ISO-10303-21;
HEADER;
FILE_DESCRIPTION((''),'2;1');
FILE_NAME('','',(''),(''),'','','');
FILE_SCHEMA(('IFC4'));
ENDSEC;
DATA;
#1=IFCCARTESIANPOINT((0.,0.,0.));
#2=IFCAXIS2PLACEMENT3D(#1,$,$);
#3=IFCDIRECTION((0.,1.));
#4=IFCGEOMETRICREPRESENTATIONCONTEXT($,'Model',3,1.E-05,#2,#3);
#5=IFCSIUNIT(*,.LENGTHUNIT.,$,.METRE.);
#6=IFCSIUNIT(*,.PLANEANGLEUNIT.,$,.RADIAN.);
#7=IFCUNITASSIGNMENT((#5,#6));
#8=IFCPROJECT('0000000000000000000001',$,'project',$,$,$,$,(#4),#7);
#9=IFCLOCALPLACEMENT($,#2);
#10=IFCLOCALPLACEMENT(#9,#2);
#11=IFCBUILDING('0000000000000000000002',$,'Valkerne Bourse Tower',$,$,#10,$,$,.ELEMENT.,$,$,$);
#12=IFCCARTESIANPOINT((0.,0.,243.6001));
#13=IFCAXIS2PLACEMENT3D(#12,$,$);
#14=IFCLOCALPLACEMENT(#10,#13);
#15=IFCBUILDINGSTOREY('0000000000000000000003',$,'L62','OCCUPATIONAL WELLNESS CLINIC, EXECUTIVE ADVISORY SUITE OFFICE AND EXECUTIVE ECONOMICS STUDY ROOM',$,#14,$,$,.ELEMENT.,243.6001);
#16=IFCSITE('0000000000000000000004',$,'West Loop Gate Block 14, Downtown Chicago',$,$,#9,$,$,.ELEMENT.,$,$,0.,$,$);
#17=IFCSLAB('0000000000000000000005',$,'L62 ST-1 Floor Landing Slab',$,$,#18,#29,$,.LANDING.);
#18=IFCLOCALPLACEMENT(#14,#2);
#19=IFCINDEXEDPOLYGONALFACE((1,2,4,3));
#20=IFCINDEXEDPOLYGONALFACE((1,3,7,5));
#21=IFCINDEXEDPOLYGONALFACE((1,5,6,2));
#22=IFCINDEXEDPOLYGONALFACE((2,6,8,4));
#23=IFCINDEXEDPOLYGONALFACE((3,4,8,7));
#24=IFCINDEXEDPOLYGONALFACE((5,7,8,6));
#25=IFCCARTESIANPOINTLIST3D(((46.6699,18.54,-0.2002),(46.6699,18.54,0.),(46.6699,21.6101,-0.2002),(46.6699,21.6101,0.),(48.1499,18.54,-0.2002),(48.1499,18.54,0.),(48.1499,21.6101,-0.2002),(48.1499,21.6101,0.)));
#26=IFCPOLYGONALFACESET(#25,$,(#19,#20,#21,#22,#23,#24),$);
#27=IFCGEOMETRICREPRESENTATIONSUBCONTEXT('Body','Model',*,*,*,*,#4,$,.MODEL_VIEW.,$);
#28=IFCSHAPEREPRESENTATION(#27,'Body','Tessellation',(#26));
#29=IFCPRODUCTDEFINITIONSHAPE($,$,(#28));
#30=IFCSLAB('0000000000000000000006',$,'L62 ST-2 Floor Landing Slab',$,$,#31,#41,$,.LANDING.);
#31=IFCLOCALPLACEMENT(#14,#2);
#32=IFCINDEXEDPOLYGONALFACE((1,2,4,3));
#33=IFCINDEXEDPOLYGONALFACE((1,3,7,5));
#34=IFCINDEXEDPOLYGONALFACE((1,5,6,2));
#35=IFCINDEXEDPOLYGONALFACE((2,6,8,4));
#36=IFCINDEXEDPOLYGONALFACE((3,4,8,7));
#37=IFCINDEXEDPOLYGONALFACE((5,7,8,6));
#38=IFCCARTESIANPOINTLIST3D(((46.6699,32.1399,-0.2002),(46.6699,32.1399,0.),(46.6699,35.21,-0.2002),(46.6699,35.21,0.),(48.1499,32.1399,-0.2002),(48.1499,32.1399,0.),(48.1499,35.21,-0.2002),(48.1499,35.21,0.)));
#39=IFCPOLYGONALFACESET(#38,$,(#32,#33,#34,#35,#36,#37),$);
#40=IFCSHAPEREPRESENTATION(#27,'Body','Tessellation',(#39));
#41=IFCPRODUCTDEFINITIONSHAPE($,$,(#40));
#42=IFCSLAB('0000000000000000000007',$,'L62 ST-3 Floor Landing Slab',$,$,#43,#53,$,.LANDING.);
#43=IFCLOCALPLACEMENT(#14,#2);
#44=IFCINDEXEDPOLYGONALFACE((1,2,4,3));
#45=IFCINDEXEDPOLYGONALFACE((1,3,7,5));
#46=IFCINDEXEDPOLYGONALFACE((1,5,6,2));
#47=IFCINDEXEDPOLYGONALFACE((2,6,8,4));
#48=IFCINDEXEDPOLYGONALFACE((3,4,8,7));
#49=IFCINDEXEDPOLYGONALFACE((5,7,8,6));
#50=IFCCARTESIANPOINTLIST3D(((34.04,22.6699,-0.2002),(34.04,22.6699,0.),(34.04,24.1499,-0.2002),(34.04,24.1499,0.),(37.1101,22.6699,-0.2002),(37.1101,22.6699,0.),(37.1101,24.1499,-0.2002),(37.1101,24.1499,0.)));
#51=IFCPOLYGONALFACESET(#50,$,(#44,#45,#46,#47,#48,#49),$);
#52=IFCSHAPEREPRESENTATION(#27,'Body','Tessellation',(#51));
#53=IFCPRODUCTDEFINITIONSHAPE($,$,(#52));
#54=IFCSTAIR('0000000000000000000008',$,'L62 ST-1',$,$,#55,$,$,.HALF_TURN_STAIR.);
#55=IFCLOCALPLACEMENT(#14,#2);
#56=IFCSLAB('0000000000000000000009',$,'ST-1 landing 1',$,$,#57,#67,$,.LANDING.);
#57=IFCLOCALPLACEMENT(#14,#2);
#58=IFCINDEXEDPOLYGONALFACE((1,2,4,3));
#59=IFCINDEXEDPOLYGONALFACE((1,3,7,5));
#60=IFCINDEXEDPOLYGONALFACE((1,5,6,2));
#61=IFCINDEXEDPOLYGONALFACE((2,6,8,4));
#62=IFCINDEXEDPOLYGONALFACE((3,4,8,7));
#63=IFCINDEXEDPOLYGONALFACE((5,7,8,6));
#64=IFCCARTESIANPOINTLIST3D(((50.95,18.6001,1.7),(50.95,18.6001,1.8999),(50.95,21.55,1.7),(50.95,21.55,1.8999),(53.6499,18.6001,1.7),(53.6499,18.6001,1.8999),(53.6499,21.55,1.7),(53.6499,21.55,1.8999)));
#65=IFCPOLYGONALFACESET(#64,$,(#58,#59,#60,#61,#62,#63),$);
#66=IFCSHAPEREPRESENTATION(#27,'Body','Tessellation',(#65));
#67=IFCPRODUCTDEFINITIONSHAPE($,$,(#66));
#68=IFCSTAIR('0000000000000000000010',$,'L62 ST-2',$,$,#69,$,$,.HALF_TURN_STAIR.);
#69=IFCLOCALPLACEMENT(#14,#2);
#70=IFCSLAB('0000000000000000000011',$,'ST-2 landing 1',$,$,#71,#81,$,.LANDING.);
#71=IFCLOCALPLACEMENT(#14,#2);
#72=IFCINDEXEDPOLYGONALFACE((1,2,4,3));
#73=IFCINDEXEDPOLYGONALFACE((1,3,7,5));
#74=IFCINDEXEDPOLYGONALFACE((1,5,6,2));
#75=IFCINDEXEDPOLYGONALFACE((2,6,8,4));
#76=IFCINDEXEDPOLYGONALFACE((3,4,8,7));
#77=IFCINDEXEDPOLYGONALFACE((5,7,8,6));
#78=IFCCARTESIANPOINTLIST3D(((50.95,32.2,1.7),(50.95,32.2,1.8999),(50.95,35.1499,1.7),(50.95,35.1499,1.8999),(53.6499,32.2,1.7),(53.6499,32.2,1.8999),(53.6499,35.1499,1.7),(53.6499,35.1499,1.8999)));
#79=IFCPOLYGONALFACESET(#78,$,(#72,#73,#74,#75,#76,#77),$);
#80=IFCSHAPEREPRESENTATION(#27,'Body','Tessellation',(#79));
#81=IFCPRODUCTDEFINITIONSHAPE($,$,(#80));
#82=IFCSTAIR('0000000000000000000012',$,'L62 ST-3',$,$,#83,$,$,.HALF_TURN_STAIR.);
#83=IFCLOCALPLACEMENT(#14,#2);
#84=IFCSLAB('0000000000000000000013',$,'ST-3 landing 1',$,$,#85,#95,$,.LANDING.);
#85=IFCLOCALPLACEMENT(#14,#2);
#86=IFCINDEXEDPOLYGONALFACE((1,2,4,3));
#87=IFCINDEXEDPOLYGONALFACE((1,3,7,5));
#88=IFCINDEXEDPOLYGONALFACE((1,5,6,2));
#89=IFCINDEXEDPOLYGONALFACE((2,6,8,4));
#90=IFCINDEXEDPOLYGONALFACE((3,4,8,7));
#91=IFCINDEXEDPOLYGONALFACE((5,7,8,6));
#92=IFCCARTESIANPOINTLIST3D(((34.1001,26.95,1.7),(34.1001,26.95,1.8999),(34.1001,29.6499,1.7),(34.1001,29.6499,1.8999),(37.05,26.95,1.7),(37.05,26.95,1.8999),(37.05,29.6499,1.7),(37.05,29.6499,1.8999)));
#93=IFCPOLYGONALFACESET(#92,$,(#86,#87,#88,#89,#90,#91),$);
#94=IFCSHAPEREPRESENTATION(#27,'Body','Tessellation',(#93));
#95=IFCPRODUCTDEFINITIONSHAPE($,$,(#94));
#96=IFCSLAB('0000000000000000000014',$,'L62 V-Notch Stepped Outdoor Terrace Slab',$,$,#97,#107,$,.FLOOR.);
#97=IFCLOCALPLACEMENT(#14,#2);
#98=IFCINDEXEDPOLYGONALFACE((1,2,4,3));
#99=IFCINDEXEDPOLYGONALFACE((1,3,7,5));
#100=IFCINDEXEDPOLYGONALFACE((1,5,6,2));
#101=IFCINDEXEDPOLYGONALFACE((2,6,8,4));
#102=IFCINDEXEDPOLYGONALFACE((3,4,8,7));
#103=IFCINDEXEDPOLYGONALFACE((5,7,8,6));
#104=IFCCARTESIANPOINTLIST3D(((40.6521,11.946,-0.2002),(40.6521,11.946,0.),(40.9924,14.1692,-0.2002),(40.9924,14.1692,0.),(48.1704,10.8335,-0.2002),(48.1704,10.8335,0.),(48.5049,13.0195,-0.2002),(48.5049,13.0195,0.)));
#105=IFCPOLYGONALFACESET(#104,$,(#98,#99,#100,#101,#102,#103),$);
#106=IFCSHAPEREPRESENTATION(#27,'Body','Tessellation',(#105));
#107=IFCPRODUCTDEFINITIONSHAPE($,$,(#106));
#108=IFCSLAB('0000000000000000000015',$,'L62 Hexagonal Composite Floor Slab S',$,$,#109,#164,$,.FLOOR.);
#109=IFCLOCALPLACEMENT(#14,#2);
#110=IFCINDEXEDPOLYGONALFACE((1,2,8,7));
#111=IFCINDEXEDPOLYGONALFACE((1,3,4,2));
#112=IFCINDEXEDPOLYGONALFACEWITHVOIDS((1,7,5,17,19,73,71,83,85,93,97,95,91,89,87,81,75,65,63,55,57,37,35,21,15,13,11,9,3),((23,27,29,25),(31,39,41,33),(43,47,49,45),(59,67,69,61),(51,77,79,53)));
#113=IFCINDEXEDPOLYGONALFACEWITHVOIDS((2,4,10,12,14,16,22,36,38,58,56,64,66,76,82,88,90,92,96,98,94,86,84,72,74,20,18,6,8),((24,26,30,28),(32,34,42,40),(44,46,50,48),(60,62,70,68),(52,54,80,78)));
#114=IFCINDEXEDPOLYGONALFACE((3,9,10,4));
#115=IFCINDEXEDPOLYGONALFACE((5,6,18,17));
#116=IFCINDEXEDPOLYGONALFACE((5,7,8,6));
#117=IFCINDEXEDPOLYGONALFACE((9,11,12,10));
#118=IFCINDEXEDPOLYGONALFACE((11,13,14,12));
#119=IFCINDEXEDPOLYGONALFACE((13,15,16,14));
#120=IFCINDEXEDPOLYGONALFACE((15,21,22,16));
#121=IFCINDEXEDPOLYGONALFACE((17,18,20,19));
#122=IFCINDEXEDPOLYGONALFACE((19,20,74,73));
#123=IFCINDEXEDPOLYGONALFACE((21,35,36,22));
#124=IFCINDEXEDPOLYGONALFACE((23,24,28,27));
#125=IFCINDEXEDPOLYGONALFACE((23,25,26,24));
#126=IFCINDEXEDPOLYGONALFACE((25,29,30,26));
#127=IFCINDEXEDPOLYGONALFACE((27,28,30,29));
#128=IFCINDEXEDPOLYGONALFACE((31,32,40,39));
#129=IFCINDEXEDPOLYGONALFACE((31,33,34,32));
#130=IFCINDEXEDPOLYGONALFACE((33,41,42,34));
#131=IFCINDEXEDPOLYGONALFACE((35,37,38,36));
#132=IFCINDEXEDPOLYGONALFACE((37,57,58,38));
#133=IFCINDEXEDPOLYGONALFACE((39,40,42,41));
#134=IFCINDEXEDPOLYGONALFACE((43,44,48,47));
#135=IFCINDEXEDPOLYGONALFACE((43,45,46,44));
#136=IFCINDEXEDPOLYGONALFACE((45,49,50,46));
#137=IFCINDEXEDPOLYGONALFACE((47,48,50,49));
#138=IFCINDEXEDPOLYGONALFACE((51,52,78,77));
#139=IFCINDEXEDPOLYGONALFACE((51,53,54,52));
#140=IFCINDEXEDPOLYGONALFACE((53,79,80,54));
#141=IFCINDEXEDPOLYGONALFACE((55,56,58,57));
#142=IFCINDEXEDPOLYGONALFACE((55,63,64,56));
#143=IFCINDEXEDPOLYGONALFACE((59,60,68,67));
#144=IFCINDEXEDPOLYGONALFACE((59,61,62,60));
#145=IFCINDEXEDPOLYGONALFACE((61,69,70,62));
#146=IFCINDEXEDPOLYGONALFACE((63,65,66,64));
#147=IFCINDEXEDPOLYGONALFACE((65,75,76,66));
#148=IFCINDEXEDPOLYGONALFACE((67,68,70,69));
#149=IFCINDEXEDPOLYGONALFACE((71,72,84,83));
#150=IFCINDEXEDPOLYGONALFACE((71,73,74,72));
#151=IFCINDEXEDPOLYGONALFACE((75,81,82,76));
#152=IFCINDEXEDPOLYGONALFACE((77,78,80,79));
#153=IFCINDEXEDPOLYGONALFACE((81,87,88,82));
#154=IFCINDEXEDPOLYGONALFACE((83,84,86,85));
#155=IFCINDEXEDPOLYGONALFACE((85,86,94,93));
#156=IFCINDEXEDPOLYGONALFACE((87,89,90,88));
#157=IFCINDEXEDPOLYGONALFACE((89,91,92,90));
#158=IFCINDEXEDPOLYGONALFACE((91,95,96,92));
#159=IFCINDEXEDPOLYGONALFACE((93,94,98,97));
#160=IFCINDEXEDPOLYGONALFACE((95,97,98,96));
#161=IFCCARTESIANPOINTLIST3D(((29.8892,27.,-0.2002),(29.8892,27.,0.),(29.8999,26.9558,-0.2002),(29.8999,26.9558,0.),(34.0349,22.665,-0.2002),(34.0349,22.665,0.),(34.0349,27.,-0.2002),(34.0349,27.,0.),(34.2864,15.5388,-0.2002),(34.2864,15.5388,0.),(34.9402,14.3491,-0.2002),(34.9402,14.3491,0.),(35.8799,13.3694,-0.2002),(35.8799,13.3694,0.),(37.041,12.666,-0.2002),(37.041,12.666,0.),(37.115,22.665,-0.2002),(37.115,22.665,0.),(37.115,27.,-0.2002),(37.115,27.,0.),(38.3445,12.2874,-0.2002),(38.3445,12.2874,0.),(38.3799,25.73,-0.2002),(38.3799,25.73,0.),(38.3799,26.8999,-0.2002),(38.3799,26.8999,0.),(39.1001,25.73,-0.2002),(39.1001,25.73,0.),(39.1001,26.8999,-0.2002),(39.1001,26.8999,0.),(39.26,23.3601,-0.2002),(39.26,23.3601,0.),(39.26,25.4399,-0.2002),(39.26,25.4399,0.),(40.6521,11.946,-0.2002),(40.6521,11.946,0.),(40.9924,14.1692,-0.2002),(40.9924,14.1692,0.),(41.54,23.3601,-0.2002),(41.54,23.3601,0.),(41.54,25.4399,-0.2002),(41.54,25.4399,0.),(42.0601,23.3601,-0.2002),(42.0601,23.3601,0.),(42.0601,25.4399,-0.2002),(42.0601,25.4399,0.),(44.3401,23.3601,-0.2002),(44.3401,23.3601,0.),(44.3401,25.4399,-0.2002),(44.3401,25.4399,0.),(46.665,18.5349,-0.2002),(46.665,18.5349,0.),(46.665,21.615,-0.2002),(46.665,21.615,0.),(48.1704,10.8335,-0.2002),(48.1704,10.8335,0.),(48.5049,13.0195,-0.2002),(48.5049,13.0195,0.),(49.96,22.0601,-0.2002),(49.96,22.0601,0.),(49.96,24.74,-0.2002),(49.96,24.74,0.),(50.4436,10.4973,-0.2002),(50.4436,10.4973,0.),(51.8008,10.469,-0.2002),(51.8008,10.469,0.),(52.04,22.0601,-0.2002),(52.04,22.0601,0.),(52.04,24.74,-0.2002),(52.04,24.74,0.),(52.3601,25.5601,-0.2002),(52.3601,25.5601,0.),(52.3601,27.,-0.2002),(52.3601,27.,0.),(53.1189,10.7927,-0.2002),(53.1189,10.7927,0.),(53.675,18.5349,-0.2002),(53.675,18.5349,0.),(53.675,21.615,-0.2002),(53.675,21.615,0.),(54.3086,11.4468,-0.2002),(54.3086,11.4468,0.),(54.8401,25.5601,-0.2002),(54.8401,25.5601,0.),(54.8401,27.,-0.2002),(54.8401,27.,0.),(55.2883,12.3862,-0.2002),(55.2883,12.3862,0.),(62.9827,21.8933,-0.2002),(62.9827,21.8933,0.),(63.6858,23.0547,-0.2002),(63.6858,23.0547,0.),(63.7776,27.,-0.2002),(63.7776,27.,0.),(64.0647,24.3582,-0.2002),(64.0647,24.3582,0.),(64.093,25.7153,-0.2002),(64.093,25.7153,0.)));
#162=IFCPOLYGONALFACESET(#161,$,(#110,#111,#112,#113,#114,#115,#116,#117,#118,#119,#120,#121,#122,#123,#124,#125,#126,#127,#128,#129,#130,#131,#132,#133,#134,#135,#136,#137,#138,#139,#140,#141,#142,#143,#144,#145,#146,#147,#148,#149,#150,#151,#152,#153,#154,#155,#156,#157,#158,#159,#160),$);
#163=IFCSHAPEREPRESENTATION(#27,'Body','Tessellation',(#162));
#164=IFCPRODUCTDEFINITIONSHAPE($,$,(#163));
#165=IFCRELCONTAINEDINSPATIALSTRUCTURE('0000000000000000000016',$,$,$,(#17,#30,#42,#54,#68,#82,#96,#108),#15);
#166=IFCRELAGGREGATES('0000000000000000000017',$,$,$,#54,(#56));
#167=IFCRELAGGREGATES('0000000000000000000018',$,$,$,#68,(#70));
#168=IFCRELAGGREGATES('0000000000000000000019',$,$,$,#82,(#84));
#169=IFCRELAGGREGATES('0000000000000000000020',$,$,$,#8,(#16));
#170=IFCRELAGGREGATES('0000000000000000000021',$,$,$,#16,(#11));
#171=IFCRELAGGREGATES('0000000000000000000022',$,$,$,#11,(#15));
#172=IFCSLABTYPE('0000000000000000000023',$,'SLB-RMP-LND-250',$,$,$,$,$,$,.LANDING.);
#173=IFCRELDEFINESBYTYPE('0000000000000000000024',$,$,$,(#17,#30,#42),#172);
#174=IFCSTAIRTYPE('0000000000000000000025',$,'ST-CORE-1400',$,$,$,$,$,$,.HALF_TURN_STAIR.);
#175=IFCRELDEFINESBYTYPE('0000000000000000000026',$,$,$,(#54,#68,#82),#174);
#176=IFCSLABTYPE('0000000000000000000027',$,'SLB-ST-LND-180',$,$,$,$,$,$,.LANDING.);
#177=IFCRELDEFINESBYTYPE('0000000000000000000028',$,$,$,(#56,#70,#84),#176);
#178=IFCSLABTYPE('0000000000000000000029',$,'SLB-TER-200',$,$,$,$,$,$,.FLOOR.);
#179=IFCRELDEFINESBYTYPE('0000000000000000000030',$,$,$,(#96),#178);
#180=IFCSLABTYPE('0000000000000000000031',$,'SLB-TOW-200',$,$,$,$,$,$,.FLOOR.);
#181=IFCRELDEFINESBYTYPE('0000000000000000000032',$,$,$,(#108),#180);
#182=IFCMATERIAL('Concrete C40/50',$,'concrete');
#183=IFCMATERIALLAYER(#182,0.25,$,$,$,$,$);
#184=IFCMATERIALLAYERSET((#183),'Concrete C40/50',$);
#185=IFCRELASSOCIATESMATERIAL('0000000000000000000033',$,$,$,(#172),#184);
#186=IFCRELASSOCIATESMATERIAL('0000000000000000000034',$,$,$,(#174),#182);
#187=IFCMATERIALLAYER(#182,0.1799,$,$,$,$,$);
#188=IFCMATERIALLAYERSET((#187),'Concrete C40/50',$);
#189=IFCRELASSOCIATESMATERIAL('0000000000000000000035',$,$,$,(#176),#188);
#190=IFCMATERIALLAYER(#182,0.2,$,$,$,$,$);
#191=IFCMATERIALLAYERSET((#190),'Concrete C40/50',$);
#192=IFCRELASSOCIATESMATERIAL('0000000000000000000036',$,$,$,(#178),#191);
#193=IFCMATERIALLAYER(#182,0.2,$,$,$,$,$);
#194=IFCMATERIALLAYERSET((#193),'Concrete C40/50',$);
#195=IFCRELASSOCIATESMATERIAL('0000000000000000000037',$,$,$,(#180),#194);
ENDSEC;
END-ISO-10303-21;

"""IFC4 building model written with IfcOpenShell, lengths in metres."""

from ifc_helpers import new_model, si_unit, direction, frame, origin, place, context, subcontext, project, spatial, polyline, outline, extrude, material, layer, layer_set, type_object, element, aggregate, save


model = new_model("IFC4")

# Units and contexts
model_context = context("Model", 3, precision=1e-05, world=origin(), true_north=direction((0.0, 1.0)))
body_context = subcontext(model_context, "Body", "Model", "MODEL_VIEW")
ifc_project = project(units=[si_unit("LENGTHUNIT", "METRE"), si_unit("PLANEANGLEUNIT", "RADIAN")], contexts=[model_context])

# Site, building, storey
site_placement = place(None, origin())
site = spatial("IfcSite", under=ifc_project, at=site_placement, Name="West Loop Gate Block 14, Downtown Chicago", CompositionType="ELEMENT", RefElevation=0.0)
building_placement = place(site_placement, origin())
building = spatial("IfcBuilding", under=site, at=building_placement, Name="Valkerne Bourse Tower", CompositionType="ELEMENT")
storey_placement = place(building_placement, frame((0.0, 0.0, 243.6001)))
storey = spatial("IfcBuildingStorey", under=building, at=storey_placement, Name="L62", Description="OCCUPATIONAL WELLNESS CLINIC, EXECUTIVE ADVISORY SUITE OFFICE AND EXECUTIVE ECONOMICS STUDY ROOM", CompositionType="ELEMENT", Elevation=243.6001)

# Slabs
ifc_material_1 = material(Name="Concrete C40/50", Category="concrete")
ifc_layer_1 = layer(ifc_material_1, 0.25)
ifc_layer_set_1 = layer_set([ifc_layer_1], Name="Concrete C40/50")
slab_type_1 = type_object("IfcSlabType", Name="SLB-RMP-LND-250", PredefinedType="LANDING", material=ifc_layer_set_1)
slab_1_placement = place(storey_placement, frame((0.0, 0.0, -0.2002)))
element("IfcSlab", 1, at=slab_1_placement, inside=storey, type_object=slab_type_1, Name="L62 ST-1 Floor Landing Slab", PredefinedType="LANDING", context=body_context, shape_type="SweptSolid", body=[
    extrude(outline(polyline([(46.6699, 18.54), (48.1499, 18.54), (48.1499, 21.6101), (46.6699, 21.6101), (46.6699, 18.54)])), origin(), (0.0, 0.0, 1.0), 0.2002),
])
slab_2_placement = place(storey_placement, frame((0.0, 0.0, -0.2002)))
element("IfcSlab", 2, at=slab_2_placement, inside=storey, type_object=slab_type_1, Name="L62 ST-2 Floor Landing Slab", PredefinedType="LANDING", context=body_context, shape_type="SweptSolid", body=[
    extrude(outline(polyline([(46.6699, 32.1399), (48.1499, 32.1399), (48.1499, 35.21), (46.6699, 35.21), (46.6699, 32.1399)])), origin(), (0.0, 0.0, 1.0), 0.2002),
])
slab_3_placement = place(storey_placement, frame((0.0, 0.0, -0.2002)))
element("IfcSlab", 3, at=slab_3_placement, inside=storey, type_object=slab_type_1, Name="L62 ST-3 Floor Landing Slab", PredefinedType="LANDING", context=body_context, shape_type="SweptSolid", body=[
    extrude(outline(polyline([(37.1101, 22.6699), (37.1101, 24.1499), (34.04, 24.1499), (34.04, 22.6699), (37.1101, 22.6699)])), origin(), (0.0, 0.0, 1.0), 0.2002),
])

# Stairs, slabs
stair_type = type_object("IfcStairType", Name="ST-CORE-1400", PredefinedType="HALF_TURN_STAIR", material=ifc_material_1)
stair_1_placement = place(storey_placement, origin())
stair_1 = element("IfcStair", 4, at=stair_1_placement, inside=storey, type_object=stair_type, Name="L62 ST-1", PredefinedType="HALF_TURN_STAIR")
ifc_layer_2 = layer(ifc_material_1, 0.1799)
ifc_layer_set_2 = layer_set([ifc_layer_2], Name="Concrete C40/50")
slab_type_2 = type_object("IfcSlabType", Name="SLB-ST-LND-180", PredefinedType="LANDING", material=ifc_layer_set_2)
slab_4_placement = place(storey_placement, frame((0.0, 0.0, 1.7)))
slab_4 = element("IfcSlab", 5, at=slab_4_placement, type_object=slab_type_2, Name="ST-1 landing 1", PredefinedType="LANDING", context=body_context, shape_type="SweptSolid", body=[
    extrude(outline(polyline([(50.95, 18.6001), (53.6499, 18.6001), (53.6499, 21.55), (50.95, 21.55), (50.95, 18.6001)])), origin(), (0.0, 0.0, 1.0), 0.2),
])
aggregate(stair_1, [slab_4])
stair_2_placement = place(storey_placement, origin())
stair_2 = element("IfcStair", 6, at=stair_2_placement, inside=storey, type_object=stair_type, Name="L62 ST-2", PredefinedType="HALF_TURN_STAIR")
slab_5_placement = place(storey_placement, frame((0.0, 0.0, 1.7)))
slab_5 = element("IfcSlab", 7, at=slab_5_placement, type_object=slab_type_2, Name="ST-2 landing 1", PredefinedType="LANDING", context=body_context, shape_type="SweptSolid", body=[
    extrude(outline(polyline([(50.95, 32.2), (53.6499, 32.2), (53.6499, 35.1499), (50.95, 35.1499), (50.95, 32.2)])), origin(), (0.0, 0.0, 1.0), 0.2),
])
aggregate(stair_2, [slab_5])
stair_3_placement = place(storey_placement, origin())
stair_3 = element("IfcStair", 8, at=stair_3_placement, inside=storey, type_object=stair_type, Name="L62 ST-3", PredefinedType="HALF_TURN_STAIR")
slab_6_placement = place(storey_placement, frame((0.0, 0.0, 1.7)))
slab_6 = element("IfcSlab", 9, at=slab_6_placement, type_object=slab_type_2, Name="ST-3 landing 1", PredefinedType="LANDING", context=body_context, shape_type="SweptSolid", body=[
    extrude(outline(polyline([(37.05, 26.95), (37.05, 29.6499), (34.1001, 29.6499), (34.1001, 26.95), (37.05, 26.95)])), origin(), (0.0, 0.0, 1.0), 0.2),
])
aggregate(stair_3, [slab_6])

# Slabs
ifc_layer_3 = layer(ifc_material_1, 0.2)
ifc_layer_set_3 = layer_set([ifc_layer_3], Name="Concrete C40/50")
slab_type_3 = type_object("IfcSlabType", Name="SLB-TER-200", PredefinedType="FLOOR", material=ifc_layer_set_3)
slab_7_placement = place(storey_placement, frame((0.0, 0.0, -0.2002)))
element("IfcSlab", 10, at=slab_7_placement, inside=storey, type_object=slab_type_3, Name="L62 V-Notch Stepped Outdoor Terrace Slab", PredefinedType="FLOOR", context=body_context, shape_type="SweptSolid", body=[
    extrude(outline(polyline([(40.6521, 11.946), (40.9924, 14.1692), (48.5049, 13.0195), (48.1704, 10.8335), (40.6521, 11.946)])), origin(), (0.0, 0.0, 1.0), 0.2002),
])
ifc_layer_4 = layer(ifc_material_1, 0.2)
ifc_layer_set_4 = layer_set([ifc_layer_4], Name="Concrete C40/50")
slab_type_4 = type_object("IfcSlabType", Name="SLB-TOW-200", PredefinedType="FLOOR", material=ifc_layer_set_4)
slab_8_placement = place(storey_placement, frame((0.0, 0.0, -0.2002)))
element("IfcSlab", 11, at=slab_8_placement, inside=storey, type_object=slab_type_4, Name="L62 Hexagonal Composite Floor Slab S", PredefinedType="FLOOR", context=body_context, shape_type="SweptSolid", body=[
    extrude(outline(polyline([(35.8799, 13.3694), (34.9402, 14.3491), (34.2864, 15.5388), (29.8999, 26.9558), (29.8892, 27.0), (34.0349, 27.0), (34.0349, 22.665), (37.115, 22.665), (37.115, 27.0), (52.3601, 27.0), (52.3601, 25.5601), (54.8401, 25.5601), (54.8401, 27.0), (63.7776, 27.0), (64.093, 25.7153), (64.0647, 24.3582), (63.6858, 23.0547), (62.9827, 21.8933), (55.2883, 12.3862), (54.3086, 11.4468), (53.1189, 10.7927), (51.8008, 10.469), (50.4436, 10.4973), (48.1704, 10.8335), (48.5049, 13.0195), (40.9924, 14.1692), (40.6521, 11.946), (38.3445, 12.2874), (37.041, 12.666), (35.8799, 13.3694)]), holes=[polyline([(41.54, 25.4399), (39.26, 25.4399), (39.26, 23.3601), (41.54, 23.3601), (41.54, 25.4399)]), polyline([(44.3401, 25.4399), (42.0601, 25.4399), (42.0601, 23.3601), (44.3401, 23.3601), (44.3401, 25.4399)]), polyline([(39.1001, 26.8999), (38.3799, 26.8999), (38.3799, 25.73), (39.1001, 25.73), (39.1001, 26.8999)]), polyline([(53.675, 21.615), (46.665, 21.615), (46.665, 18.5349), (53.675, 18.5349), (53.675, 21.615)]), polyline([(52.04, 24.74), (49.96, 24.74), (49.96, 22.0601), (52.04, 22.0601), (52.04, 24.74)])]), origin(), (0.0, 0.0, 1.0), 0.2002),
])

save(model, "model.ifc")
